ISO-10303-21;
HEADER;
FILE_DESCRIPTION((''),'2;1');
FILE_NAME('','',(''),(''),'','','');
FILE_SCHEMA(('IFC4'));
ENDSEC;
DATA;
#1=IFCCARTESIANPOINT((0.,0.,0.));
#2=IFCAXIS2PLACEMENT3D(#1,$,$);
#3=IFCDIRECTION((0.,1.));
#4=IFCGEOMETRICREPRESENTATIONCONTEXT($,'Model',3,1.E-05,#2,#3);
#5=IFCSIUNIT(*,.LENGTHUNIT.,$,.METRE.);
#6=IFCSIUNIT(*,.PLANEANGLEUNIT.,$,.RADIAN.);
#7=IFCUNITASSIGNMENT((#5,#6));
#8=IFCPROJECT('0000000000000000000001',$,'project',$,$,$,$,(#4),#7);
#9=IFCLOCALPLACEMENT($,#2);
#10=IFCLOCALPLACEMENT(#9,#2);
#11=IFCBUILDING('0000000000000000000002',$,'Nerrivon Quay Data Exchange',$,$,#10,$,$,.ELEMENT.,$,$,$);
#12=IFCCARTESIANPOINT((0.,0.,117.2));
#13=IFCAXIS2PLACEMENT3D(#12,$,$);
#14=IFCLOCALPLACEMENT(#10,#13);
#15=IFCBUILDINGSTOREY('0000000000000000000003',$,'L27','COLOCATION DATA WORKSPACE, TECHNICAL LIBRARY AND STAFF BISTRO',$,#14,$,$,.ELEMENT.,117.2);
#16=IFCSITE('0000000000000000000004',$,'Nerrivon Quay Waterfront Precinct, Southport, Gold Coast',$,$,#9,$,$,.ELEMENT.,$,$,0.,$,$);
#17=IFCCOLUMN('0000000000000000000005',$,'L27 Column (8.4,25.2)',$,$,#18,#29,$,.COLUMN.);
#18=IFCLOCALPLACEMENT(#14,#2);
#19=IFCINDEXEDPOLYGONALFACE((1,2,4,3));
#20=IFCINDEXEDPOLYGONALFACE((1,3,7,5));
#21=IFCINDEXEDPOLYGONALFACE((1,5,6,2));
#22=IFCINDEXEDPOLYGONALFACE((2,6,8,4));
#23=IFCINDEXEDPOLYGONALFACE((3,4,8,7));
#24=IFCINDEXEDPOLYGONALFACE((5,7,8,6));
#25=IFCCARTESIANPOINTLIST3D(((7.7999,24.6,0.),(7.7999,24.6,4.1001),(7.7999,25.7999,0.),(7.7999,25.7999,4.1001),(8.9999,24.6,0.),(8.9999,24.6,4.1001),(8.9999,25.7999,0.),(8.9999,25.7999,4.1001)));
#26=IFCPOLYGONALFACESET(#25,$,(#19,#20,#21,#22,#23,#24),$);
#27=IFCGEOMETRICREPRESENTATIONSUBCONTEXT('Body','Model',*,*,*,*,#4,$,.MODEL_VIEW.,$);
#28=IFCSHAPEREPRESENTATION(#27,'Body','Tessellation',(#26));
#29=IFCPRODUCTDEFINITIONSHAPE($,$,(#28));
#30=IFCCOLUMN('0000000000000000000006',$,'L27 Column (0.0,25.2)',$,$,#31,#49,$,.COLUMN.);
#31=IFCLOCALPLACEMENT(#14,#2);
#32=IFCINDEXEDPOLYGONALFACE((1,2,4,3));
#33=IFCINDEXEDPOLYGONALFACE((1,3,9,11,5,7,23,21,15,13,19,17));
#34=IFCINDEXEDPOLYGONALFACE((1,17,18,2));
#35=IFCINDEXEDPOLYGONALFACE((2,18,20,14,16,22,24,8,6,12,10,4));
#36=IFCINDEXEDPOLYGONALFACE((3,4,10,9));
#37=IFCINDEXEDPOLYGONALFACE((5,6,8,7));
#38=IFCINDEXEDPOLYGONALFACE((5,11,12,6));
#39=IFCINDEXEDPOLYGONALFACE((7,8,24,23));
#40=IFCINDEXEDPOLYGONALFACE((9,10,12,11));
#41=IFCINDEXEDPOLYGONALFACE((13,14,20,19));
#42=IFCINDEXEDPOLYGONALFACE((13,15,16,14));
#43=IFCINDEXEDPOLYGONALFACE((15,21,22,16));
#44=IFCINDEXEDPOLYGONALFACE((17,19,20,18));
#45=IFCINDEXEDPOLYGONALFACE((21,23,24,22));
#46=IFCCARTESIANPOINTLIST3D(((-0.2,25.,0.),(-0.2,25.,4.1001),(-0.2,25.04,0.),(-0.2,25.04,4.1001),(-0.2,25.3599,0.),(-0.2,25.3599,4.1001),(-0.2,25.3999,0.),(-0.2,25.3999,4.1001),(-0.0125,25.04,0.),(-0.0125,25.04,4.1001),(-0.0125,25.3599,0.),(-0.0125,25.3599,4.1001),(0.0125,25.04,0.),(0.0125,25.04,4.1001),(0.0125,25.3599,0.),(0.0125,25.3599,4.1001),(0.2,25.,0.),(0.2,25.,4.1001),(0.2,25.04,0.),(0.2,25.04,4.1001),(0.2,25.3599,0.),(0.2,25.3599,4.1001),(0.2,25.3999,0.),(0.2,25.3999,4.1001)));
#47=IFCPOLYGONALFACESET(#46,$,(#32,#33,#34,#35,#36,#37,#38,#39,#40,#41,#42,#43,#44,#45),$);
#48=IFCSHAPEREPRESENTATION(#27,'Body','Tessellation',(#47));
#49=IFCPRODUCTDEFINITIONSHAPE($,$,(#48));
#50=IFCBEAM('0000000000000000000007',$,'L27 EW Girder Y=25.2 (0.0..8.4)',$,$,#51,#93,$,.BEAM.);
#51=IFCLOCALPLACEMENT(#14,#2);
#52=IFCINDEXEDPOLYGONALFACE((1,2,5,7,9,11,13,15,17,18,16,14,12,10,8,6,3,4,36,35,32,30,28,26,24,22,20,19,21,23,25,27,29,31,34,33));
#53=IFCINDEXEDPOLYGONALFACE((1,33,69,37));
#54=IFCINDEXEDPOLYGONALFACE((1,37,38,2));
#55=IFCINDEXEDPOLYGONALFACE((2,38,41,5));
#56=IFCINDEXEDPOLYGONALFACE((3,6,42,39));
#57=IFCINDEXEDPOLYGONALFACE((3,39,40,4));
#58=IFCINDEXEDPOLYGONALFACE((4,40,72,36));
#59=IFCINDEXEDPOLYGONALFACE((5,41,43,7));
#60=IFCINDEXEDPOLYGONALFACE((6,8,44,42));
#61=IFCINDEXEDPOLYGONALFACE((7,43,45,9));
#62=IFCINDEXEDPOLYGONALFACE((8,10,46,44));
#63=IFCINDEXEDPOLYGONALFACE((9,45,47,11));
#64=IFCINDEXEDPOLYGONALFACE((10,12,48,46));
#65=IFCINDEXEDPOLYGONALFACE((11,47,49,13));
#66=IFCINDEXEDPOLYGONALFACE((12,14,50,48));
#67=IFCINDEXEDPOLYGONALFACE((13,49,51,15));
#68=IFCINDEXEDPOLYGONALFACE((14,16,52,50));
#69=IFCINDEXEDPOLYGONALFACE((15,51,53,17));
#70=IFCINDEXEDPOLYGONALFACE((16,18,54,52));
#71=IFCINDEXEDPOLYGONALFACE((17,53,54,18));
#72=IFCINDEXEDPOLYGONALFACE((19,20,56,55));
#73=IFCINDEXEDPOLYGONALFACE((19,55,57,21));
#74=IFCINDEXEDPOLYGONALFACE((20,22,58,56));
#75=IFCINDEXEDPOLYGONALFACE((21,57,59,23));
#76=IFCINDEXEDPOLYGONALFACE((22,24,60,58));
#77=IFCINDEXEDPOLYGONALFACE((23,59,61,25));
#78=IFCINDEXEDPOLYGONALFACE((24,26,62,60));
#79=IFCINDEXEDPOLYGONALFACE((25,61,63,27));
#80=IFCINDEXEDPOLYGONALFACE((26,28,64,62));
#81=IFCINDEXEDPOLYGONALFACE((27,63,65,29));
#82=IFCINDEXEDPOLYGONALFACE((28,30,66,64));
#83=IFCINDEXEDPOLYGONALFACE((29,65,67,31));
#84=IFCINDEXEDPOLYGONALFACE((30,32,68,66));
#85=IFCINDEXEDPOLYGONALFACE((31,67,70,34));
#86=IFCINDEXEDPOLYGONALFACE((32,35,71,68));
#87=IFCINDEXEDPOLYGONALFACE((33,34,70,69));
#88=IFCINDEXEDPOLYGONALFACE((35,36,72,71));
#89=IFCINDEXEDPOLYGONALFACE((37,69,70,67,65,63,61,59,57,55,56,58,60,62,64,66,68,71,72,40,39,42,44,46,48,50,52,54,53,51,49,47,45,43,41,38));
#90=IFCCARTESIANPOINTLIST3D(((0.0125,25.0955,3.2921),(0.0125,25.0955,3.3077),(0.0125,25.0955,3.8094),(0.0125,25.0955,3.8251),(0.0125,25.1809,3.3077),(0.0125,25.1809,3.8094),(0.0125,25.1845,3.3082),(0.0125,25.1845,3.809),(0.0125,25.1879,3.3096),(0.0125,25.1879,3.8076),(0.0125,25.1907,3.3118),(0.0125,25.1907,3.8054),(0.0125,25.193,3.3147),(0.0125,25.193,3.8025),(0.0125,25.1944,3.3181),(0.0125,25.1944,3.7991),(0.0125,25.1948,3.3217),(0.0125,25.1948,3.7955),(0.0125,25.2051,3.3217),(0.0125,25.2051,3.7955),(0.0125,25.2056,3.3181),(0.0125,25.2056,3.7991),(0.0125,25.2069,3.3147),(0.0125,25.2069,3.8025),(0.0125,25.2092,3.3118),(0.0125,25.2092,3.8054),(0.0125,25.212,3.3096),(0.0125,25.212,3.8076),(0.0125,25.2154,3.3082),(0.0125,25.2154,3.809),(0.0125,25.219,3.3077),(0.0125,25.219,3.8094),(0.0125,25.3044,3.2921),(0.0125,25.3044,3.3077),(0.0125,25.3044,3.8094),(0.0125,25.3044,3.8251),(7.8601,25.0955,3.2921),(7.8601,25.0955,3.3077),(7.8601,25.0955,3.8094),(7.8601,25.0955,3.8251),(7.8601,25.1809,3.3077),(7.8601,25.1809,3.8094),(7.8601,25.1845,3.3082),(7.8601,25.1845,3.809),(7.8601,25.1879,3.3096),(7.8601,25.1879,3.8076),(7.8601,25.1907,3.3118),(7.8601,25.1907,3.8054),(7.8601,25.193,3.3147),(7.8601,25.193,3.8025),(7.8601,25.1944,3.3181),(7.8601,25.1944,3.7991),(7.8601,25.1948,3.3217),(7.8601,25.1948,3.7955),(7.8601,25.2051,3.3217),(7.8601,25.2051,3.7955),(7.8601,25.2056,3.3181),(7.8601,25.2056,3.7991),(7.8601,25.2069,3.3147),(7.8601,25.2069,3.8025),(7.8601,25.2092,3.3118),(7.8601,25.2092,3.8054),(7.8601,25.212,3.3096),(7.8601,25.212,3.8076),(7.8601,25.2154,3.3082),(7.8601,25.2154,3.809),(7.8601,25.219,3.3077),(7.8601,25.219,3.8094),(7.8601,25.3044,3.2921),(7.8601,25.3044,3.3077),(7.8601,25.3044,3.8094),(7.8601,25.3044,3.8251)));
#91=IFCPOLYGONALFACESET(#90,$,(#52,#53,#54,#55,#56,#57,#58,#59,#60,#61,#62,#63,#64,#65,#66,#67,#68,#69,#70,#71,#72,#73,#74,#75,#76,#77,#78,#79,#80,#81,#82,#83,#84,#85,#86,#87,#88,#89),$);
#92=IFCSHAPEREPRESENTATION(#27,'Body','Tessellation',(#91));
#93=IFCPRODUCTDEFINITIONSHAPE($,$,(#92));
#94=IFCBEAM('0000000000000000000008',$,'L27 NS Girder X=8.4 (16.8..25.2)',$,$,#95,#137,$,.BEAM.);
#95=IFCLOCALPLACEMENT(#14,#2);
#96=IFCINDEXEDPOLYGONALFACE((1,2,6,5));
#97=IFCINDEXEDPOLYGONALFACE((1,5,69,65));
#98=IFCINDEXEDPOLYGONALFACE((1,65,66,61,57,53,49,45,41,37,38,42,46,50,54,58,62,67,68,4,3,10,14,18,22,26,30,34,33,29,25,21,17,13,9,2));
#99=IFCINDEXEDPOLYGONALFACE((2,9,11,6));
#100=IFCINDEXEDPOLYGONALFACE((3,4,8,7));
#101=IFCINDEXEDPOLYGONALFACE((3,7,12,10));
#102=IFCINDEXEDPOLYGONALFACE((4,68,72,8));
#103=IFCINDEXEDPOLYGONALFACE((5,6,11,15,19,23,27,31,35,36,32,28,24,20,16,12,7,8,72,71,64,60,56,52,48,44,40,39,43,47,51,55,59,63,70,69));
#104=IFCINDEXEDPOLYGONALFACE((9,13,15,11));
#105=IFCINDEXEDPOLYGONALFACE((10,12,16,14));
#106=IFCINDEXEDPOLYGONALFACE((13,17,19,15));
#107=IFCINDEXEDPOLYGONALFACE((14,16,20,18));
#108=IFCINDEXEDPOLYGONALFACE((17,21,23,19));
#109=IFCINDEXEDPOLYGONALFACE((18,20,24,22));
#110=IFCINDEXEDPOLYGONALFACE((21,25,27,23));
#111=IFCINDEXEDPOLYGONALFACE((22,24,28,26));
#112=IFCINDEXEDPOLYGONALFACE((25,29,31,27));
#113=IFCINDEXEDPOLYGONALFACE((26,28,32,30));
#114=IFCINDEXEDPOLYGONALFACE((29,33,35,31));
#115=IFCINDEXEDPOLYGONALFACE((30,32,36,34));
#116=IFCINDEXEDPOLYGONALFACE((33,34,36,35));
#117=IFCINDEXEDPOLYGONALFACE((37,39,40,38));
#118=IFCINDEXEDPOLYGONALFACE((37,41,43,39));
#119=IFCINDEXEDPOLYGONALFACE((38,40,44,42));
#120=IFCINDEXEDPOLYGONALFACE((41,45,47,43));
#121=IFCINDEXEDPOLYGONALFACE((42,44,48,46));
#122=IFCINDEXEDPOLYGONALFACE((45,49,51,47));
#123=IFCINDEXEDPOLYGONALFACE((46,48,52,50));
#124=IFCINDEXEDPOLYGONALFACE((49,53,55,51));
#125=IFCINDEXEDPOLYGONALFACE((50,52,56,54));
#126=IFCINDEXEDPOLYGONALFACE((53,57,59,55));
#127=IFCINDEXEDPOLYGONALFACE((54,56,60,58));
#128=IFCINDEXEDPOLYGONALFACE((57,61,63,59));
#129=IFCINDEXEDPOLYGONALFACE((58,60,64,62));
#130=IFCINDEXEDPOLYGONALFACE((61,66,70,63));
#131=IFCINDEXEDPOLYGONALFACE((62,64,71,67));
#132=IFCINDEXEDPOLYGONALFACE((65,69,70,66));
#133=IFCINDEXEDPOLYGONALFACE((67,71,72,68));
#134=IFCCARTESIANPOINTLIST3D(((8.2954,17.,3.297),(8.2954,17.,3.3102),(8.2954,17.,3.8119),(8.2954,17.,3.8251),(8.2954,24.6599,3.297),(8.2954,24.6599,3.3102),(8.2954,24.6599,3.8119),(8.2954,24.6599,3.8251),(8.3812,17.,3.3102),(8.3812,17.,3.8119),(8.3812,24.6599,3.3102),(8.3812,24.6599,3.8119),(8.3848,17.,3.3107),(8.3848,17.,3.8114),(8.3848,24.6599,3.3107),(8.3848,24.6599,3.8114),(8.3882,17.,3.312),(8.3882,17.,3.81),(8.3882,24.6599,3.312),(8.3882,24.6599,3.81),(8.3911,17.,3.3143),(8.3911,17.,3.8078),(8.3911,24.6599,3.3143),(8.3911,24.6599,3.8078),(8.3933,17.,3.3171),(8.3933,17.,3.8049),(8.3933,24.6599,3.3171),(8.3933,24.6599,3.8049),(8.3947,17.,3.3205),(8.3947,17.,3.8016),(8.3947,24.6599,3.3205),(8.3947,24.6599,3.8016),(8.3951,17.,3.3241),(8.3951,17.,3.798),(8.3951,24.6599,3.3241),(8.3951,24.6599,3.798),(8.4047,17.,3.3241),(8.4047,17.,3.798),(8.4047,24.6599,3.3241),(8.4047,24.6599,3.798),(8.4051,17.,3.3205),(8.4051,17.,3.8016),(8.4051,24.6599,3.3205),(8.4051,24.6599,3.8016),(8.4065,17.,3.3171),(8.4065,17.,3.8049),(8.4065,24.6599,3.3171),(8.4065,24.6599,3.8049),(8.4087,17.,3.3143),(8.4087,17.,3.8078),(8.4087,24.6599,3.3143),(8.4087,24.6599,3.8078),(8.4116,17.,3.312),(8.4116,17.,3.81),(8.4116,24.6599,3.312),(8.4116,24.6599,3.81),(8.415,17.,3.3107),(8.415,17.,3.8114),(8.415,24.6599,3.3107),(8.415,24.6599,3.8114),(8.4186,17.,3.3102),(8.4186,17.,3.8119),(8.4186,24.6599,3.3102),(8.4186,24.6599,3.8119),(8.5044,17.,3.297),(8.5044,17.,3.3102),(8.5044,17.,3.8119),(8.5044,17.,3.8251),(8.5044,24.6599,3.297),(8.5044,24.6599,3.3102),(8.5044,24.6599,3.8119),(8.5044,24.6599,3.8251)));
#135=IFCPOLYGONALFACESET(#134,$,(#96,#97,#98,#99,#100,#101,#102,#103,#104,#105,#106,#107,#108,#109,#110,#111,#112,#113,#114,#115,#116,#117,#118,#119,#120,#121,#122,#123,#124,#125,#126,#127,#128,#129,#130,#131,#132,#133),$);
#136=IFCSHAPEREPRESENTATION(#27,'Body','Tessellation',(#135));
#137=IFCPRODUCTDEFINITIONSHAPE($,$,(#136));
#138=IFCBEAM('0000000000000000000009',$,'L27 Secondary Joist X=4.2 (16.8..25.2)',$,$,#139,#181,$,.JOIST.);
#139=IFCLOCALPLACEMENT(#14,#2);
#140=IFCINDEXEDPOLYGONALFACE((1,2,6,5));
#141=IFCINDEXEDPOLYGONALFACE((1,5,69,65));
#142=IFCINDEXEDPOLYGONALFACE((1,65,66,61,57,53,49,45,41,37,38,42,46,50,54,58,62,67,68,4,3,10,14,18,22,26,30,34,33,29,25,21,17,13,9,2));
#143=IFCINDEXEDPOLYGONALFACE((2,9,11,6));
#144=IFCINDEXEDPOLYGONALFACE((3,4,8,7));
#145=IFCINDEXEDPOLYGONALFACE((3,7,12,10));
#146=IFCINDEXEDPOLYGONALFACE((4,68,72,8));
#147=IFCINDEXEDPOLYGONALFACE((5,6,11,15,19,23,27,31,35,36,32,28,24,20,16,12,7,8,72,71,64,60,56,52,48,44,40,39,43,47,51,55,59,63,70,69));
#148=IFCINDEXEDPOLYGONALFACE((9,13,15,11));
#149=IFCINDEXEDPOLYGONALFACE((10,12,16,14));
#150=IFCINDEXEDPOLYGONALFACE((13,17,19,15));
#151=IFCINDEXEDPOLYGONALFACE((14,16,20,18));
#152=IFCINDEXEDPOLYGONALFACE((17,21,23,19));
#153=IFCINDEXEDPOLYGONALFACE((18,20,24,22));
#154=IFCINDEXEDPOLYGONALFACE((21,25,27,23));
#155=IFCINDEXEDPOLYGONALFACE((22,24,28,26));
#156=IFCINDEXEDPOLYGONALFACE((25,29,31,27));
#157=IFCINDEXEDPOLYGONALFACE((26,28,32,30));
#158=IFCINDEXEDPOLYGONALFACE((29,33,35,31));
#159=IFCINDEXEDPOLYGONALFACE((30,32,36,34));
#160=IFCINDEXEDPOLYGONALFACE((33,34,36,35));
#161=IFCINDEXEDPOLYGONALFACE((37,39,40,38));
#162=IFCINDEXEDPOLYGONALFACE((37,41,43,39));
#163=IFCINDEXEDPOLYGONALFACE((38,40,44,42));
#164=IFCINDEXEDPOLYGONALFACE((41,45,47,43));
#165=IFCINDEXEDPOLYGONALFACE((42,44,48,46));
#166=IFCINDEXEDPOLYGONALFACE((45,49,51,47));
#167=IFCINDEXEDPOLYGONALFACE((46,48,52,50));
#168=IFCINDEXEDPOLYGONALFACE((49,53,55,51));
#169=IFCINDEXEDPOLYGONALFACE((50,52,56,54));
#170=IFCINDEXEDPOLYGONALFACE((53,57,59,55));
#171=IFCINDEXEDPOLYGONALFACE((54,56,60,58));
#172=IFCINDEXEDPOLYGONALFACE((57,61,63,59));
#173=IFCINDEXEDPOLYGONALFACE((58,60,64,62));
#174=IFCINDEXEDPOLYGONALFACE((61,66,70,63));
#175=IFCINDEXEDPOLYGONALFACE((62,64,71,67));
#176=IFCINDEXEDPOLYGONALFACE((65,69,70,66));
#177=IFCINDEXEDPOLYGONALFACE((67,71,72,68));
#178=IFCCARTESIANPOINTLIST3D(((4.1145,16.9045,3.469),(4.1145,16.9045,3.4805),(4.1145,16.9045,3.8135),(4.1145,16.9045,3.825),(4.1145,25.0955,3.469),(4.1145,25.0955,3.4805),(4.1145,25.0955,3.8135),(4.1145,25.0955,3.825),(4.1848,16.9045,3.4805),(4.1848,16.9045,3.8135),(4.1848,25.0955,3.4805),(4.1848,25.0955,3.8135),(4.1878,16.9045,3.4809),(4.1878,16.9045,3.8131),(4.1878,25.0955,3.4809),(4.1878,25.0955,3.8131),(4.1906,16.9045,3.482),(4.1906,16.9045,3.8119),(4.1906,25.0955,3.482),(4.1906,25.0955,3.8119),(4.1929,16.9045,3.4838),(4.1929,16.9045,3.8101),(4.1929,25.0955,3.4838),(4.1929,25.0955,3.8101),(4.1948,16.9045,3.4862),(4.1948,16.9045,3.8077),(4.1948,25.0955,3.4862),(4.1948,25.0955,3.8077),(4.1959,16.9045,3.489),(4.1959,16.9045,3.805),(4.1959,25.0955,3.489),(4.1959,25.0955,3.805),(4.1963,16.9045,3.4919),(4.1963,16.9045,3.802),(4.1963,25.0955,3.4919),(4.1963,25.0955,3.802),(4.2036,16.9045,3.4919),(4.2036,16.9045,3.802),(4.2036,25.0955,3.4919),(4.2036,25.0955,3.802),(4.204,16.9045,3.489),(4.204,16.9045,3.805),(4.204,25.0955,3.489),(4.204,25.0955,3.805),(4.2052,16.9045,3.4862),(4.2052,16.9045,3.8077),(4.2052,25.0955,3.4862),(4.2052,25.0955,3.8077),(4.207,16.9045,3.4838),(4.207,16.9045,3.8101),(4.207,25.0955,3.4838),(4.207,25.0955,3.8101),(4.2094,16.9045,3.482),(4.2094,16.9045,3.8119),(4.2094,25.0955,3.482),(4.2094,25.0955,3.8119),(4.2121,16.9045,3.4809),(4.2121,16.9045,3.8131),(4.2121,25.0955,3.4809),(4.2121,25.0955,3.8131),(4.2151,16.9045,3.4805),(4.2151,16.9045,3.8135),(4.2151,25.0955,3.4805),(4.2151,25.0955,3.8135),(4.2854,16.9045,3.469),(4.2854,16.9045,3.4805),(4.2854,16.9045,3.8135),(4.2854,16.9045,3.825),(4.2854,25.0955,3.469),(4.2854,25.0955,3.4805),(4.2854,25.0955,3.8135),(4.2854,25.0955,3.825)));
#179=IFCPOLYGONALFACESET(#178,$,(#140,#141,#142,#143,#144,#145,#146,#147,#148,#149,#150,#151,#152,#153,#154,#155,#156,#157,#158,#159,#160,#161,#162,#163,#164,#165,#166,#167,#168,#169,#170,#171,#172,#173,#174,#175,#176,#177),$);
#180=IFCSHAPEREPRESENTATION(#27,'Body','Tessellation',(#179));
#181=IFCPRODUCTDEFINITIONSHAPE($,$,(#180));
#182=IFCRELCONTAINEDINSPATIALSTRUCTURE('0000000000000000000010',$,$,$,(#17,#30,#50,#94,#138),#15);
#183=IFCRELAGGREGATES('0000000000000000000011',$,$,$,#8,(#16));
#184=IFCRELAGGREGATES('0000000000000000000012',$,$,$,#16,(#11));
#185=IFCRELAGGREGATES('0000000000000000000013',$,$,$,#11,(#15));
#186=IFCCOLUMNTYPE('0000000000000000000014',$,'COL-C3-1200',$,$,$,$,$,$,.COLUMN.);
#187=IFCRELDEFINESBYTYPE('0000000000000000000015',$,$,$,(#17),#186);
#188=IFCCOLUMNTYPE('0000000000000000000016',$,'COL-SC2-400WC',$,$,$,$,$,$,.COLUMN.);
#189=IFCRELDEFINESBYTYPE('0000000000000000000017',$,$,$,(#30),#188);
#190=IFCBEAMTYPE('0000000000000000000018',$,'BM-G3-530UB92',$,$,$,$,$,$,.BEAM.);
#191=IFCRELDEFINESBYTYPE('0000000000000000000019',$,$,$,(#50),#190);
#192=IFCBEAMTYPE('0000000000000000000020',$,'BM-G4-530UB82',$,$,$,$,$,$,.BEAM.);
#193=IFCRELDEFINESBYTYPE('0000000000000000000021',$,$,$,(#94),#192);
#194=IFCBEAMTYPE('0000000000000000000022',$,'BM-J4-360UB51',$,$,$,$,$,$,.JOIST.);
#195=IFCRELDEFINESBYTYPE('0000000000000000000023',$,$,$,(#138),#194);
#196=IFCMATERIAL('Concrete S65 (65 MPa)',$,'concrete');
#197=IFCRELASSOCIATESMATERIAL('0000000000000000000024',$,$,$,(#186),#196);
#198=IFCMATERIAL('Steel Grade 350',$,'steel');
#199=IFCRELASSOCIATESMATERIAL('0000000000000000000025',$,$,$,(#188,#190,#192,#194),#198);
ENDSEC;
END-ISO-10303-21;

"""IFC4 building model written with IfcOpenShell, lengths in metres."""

from ifc_helpers import new_model, si_unit, direction, frame, origin, origin_2d, place, context, subcontext, project, spatial, rectangle, i_section, extrude, material, material_profile, profile_set, type_object, element, save


model = new_model("IFC4")

# Units and contexts
model_context = context("Model", 3, precision=1e-05, world=origin(), true_north=direction((0.0, 1.0)))
body_context = subcontext(model_context, "Body", "Model", "MODEL_VIEW")
ifc_project = project(units=[si_unit("LENGTHUNIT", "METRE"), si_unit("PLANEANGLEUNIT", "RADIAN")], contexts=[model_context])

# Site, building, storey
site_placement = place(None, origin())
site = spatial("IfcSite", under=ifc_project, at=site_placement, Name="Nerrivon Quay Waterfront Precinct, Southport, Gold Coast", CompositionType="ELEMENT", RefElevation=0.0)
building_placement = place(site_placement, origin())
building = spatial("IfcBuilding", under=site, at=building_placement, Name="Nerrivon Quay Data Exchange", CompositionType="ELEMENT")
storey_placement = place(building_placement, frame((0.0, 0.0, 117.2)))
storey = spatial("IfcBuildingStorey", under=building, at=storey_placement, Name="L27", Description="COLOCATION DATA WORKSPACE, TECHNICAL LIBRARY AND STAFF BISTRO", CompositionType="ELEMENT", Elevation=117.2)

# Columns
ifc_material_1 = material(Name="Concrete S65 (65 MPa)", Category="concrete")
ifc_material_profile_1 = material_profile(ifc_material_1, rectangle(XDim=1.2, YDim=1.2, at=origin_2d()), Name="RC-COL-1200x1200")
ifc_profile_set_1 = profile_set([ifc_material_profile_1], Name="Concrete S65 (65 MPa)")
column_type_1 = type_object("IfcColumnType", Name="COL-C3-1200", PredefinedType="COLUMN", material=ifc_profile_set_1)
column_1_placement = place(storey_placement, frame((8.3999, 25.2, 0.0), z_axis=(0.0, 0.0, 1.0), x_axis=(1.0, 0.0, 0.0)))
element("IfcColumn", 1, at=column_1_placement, inside=storey, type_object=column_type_1, Name="L27 Column (8.4,25.2)", PredefinedType="COLUMN", context=body_context, shape_type="SweptSolid", body=[
    extrude(rectangle(XDim=1.2, YDim=1.2, at=origin_2d()), origin(), (0.0, 0.0, 1.0), 4.1001),
])
ifc_material_2 = material(Name="Steel Grade 350", Category="steel")
ifc_material_profile_2 = material_profile(ifc_material_2, i_section(OverallWidth=0.3999, OverallDepth=0.3999, WebThickness=0.0249, FlangeThickness=0.04, at=origin_2d()), Name="400WC328")
ifc_profile_set_2 = profile_set([ifc_material_profile_2], Name="Steel Grade 350")
column_type_2 = type_object("IfcColumnType", Name="COL-SC2-400WC", PredefinedType="COLUMN", material=ifc_profile_set_2)
column_2_placement = place(storey_placement, frame((0.0, 25.2, 0.0), z_axis=(0.0, 0.0, 1.0), x_axis=(1.0, 0.0, 0.0)))
element("IfcColumn", 2, at=column_2_placement, inside=storey, type_object=column_type_2, Name="L27 Column (0.0,25.2)", PredefinedType="COLUMN", context=body_context, shape_type="SweptSolid", body=[
    extrude(i_section(OverallWidth=0.3999, OverallDepth=0.3999, WebThickness=0.0249, FlangeThickness=0.04, at=origin_2d()), origin(), (0.0, 0.0, 1.0), 4.1001),
])

# Beams
ifc_material_profile_3 = material_profile(ifc_material_2, i_section(OverallWidth=0.209, OverallDepth=0.533, WebThickness=0.0103, FlangeThickness=0.0156, FilletRadius=0.0139, at=origin_2d()), Name="530UB92.4")
ifc_profile_set_3 = profile_set([ifc_material_profile_3], Name="Steel Grade 350")
beam_type_1 = type_object("IfcBeamType", Name="BM-G3-530UB92", PredefinedType="BEAM", material=ifc_profile_set_3)
beam_1_placement = place(storey_placement, frame((0.0125, 25.2, 3.5586), z_axis=(1.0, 0.0, 0.0), x_axis=(0.0, 1.0, 0.0)))
element("IfcBeam", 3, at=beam_1_placement, inside=storey, type_object=beam_type_1, Name="L27 EW Girder Y=25.2 (0.0..8.4)", PredefinedType="BEAM", context=body_context, shape_type="SweptSolid", body=[
    extrude(i_section(OverallWidth=0.209, OverallDepth=0.533, WebThickness=0.0103, FlangeThickness=0.0156, FilletRadius=0.0139, at=origin_2d()), origin(), (0.0, 0.0, 1.0), 7.8477),
])
ifc_material_profile_4 = material_profile(ifc_material_2, i_section(OverallWidth=0.209, OverallDepth=0.5281, WebThickness=0.0095, FlangeThickness=0.0132, FilletRadius=0.0139, at=origin_2d()), Name="530UB82.0")
ifc_profile_set_4 = profile_set([ifc_material_profile_4], Name="Steel Grade 350")
beam_type_2 = type_object("IfcBeamType", Name="BM-G4-530UB82", PredefinedType="BEAM", material=ifc_profile_set_4)
beam_2_placement = place(storey_placement, frame((8.3999, 17.0, 3.561), z_axis=(0.0, 1.0, 0.0), x_axis=(-1.0, 0.0, 0.0)))
element("IfcBeam", 4, at=beam_2_placement, inside=storey, type_object=beam_type_2, Name="L27 NS Girder X=8.4 (16.8..25.2)", PredefinedType="BEAM", context=body_context, shape_type="SweptSolid", body=[
    extrude(i_section(OverallWidth=0.209, OverallDepth=0.5281, WebThickness=0.0095, FlangeThickness=0.0132, FilletRadius=0.0139, at=origin_2d()), origin(), (0.0, 0.0, 1.0), 7.6599),
])
ifc_material_profile_5 = material_profile(ifc_material_2, i_section(OverallWidth=0.1709, OverallDepth=0.356, WebThickness=0.0073, FlangeThickness=0.0115, FilletRadius=0.0115, at=origin_2d()), Name="360UB50.7")
ifc_profile_set_5 = profile_set([ifc_material_profile_5], Name="Steel Grade 350")
beam_type_3 = type_object("IfcBeamType", Name="BM-J4-360UB51", PredefinedType="JOIST", material=ifc_profile_set_5)
beam_3_placement = place(storey_placement, frame((4.2, 16.9045, 3.647), z_axis=(0.0, 1.0, 0.0), x_axis=(-1.0, 0.0, 0.0)))
element("IfcBeam", 5, at=beam_3_placement, inside=storey, type_object=beam_type_3, Name="L27 Secondary Joist X=4.2 (16.8..25.2)", PredefinedType="JOIST", context=body_context, shape_type="SweptSolid", body=[
    extrude(i_section(OverallWidth=0.1709, OverallDepth=0.356, WebThickness=0.0073, FlangeThickness=0.0115, FilletRadius=0.0115, at=origin_2d()), origin(), (0.0, 0.0, 1.0), 8.1909),
])

save(model, "model.ifc")
